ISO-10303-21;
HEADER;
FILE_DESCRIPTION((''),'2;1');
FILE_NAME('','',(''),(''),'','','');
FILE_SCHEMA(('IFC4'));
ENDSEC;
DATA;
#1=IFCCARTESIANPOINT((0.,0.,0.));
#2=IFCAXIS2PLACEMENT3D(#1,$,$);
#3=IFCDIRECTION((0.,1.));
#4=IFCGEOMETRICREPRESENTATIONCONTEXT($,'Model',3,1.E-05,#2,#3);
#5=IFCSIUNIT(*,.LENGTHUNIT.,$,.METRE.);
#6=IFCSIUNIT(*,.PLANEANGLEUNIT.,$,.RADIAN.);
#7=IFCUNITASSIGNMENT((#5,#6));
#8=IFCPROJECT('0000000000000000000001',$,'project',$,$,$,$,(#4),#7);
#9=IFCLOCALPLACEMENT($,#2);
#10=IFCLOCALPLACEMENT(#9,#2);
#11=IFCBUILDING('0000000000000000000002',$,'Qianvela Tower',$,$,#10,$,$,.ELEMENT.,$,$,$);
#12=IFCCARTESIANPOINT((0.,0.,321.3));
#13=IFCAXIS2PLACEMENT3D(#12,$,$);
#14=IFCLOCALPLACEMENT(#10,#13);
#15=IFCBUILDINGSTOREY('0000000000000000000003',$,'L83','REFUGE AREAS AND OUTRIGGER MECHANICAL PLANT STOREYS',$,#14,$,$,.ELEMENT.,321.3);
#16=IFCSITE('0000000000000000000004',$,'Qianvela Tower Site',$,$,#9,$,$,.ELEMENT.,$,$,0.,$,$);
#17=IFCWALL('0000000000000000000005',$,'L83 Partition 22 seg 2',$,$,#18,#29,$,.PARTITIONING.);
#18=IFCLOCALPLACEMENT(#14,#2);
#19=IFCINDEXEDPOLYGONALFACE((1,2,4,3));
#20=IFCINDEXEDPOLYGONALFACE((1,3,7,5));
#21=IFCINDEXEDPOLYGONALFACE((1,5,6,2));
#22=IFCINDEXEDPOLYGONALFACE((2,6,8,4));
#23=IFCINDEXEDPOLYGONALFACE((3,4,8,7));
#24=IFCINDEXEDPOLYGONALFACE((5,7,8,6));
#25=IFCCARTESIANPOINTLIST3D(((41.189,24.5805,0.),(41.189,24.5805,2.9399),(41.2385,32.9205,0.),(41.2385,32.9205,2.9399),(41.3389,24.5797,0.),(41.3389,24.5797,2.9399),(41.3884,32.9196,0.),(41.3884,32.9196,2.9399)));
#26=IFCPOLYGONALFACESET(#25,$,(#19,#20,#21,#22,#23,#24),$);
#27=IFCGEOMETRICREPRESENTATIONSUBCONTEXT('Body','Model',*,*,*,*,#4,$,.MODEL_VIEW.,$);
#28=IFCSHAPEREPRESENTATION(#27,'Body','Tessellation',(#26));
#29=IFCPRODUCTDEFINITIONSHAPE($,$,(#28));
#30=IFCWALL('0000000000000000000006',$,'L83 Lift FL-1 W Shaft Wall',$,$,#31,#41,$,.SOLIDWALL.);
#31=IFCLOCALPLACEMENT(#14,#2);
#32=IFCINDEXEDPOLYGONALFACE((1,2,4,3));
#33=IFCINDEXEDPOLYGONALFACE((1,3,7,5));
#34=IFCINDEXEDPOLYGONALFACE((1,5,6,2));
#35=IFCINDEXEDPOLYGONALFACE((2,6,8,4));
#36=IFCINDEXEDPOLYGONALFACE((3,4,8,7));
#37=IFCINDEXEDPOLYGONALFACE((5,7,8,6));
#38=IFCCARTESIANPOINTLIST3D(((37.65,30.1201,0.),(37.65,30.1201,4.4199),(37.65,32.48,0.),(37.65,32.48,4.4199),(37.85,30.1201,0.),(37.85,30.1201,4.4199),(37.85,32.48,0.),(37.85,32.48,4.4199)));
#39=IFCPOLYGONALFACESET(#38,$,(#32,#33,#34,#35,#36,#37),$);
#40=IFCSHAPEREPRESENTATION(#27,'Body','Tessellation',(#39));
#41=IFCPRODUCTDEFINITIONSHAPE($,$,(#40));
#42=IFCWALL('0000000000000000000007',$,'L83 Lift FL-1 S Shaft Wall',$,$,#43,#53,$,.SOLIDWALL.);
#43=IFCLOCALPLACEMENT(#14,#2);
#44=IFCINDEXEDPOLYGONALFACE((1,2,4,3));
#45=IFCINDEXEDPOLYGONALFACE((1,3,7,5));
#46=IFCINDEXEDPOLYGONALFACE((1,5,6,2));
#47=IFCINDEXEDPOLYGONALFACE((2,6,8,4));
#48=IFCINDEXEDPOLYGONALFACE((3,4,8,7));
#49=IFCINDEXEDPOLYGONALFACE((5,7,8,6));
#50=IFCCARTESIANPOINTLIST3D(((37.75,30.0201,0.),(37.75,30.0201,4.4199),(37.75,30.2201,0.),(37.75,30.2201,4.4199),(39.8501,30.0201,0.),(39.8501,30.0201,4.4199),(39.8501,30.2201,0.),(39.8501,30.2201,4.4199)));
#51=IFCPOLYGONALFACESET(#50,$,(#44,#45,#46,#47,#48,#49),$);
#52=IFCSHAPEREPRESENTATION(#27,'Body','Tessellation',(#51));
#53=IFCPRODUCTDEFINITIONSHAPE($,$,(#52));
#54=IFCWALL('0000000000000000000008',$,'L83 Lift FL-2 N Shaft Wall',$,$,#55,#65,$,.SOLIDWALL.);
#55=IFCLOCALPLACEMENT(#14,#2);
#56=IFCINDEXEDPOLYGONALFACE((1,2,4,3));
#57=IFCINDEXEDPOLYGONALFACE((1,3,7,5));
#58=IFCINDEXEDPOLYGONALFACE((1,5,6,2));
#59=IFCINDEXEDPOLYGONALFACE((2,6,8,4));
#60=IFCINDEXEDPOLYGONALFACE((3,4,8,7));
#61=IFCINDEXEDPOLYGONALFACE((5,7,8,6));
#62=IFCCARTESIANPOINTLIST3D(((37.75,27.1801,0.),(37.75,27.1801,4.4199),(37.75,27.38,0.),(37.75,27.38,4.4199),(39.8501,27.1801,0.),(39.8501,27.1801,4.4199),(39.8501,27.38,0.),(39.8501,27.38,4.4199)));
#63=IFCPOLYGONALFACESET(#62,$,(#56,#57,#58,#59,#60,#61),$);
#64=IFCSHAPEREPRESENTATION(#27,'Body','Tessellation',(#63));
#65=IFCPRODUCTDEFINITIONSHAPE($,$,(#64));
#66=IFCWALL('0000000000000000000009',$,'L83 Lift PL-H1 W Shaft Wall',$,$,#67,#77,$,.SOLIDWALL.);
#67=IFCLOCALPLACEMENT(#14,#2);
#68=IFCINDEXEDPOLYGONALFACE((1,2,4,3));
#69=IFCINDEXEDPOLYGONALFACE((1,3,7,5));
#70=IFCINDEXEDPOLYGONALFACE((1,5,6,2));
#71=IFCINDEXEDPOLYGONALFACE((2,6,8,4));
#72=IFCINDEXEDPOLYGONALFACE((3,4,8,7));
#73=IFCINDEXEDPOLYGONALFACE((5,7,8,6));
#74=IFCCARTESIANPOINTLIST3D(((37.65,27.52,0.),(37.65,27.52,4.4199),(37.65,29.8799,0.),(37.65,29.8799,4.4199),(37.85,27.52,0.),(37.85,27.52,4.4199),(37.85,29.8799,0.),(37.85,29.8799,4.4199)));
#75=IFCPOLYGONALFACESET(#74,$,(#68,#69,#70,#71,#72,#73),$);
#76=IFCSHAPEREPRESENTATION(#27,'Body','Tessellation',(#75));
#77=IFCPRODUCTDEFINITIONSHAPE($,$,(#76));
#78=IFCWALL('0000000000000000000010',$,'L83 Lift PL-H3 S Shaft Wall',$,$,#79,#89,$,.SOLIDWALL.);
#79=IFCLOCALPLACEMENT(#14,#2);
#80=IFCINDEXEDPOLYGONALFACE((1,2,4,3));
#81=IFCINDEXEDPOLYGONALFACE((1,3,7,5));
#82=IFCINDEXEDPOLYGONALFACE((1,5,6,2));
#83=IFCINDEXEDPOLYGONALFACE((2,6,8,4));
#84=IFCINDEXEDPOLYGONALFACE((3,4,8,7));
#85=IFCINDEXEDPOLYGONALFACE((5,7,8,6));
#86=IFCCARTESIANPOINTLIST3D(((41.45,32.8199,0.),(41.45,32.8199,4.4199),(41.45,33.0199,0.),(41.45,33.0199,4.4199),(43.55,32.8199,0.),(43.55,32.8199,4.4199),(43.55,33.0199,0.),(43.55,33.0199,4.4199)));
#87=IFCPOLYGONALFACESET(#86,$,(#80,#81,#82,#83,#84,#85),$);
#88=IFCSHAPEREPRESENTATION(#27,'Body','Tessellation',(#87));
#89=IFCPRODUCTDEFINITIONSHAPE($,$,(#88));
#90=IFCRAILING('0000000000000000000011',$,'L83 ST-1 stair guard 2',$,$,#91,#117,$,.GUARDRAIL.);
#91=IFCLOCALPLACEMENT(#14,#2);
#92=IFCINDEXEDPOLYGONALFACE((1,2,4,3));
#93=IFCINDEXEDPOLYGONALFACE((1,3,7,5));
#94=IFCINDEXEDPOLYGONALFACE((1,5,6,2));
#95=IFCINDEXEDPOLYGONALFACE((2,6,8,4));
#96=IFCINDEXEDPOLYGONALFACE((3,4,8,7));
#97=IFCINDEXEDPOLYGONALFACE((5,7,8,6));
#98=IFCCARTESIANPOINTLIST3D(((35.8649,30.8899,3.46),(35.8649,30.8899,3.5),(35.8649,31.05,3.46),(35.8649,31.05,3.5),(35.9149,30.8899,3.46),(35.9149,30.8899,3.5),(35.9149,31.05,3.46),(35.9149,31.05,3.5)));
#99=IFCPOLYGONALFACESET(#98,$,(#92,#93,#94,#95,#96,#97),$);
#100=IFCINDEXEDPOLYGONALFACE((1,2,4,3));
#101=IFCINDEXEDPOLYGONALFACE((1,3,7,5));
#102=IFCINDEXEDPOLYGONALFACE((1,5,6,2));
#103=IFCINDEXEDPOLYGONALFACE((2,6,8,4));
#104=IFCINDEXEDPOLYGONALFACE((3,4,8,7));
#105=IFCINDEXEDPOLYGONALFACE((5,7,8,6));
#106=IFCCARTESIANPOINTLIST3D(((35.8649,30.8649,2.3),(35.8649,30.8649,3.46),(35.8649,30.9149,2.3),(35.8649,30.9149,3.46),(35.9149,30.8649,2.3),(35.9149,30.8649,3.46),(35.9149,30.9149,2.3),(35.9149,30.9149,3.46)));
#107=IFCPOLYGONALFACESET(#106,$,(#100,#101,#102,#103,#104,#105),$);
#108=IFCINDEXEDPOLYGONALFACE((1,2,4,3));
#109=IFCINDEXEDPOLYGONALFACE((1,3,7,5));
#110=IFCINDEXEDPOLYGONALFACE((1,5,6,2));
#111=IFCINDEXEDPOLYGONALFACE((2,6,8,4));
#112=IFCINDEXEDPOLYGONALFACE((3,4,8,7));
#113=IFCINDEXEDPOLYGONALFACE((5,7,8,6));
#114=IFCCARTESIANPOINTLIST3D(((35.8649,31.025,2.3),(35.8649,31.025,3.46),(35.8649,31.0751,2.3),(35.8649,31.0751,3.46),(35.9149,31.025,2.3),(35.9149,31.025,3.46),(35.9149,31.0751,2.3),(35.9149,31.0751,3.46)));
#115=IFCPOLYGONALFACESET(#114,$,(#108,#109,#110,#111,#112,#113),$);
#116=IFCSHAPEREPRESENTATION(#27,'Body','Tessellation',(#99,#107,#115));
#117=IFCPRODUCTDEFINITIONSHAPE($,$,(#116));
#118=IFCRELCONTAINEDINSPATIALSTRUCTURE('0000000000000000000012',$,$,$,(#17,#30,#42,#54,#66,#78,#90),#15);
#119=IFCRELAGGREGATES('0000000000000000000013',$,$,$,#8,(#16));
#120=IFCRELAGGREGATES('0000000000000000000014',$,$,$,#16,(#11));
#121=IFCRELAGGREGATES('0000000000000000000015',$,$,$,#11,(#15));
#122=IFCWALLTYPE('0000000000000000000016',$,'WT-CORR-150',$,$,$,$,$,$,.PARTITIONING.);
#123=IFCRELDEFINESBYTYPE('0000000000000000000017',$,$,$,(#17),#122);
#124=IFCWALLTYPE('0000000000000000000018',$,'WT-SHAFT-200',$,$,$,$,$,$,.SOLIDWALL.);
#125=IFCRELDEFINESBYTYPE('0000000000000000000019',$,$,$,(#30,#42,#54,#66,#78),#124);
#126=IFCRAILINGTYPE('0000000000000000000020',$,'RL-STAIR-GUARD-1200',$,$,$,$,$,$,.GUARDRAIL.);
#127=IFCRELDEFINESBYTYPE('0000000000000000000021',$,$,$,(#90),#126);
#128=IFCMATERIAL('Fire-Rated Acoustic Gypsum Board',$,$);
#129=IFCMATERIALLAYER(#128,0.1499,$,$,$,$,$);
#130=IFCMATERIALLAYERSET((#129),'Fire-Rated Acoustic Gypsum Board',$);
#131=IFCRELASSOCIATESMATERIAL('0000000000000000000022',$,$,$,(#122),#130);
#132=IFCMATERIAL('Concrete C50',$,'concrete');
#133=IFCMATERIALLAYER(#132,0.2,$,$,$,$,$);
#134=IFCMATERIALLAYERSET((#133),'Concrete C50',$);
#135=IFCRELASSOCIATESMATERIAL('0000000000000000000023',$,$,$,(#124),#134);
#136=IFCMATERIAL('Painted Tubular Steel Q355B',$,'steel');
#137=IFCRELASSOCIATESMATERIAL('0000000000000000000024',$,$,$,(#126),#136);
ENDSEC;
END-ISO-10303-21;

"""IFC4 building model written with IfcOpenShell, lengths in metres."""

from ifc_helpers import new_model, si_unit, direction, frame, frame_2d, origin, origin_2d, place, context, subcontext, project, spatial, rectangle, extrude, material, layer, layer_set, type_object, element, save


model = new_model("IFC4")

# Units and contexts
model_context = context("Model", 3, precision=1e-05, world=origin(), true_north=direction((0.0, 1.0)))
body_context = subcontext(model_context, "Body", "Model", "MODEL_VIEW")
ifc_project = project(units=[si_unit("LENGTHUNIT", "METRE"), si_unit("PLANEANGLEUNIT", "RADIAN")], contexts=[model_context])

# Site, building, storey
site_placement = place(None, origin())
site = spatial("IfcSite", under=ifc_project, at=site_placement, Name="Qianvela Tower Site", CompositionType="ELEMENT", RefElevation=0.0)
building_placement = place(site_placement, origin())
building = spatial("IfcBuilding", under=site, at=building_placement, Name="Qianvela Tower", CompositionType="ELEMENT")
storey_placement = place(building_placement, frame((0.0, 0.0, 321.3)))
storey = spatial("IfcBuildingStorey", under=building, at=storey_placement, Name="L83", Description="REFUGE AREAS AND OUTRIGGER MECHANICAL PLANT STOREYS", CompositionType="ELEMENT", Elevation=321.3)

# Shared definitions
ifc_material_1 = material(Name="Fire-Rated Acoustic Gypsum Board")
ifc_layer_1 = layer(ifc_material_1, 0.1499)
ifc_layer_set_1 = layer_set([ifc_layer_1], Name="Fire-Rated Acoustic Gypsum Board")
wall_type_1 = type_object("IfcWallType", Name="WT-CORR-150", PredefinedType="PARTITIONING", material=ifc_layer_set_1)

# Wall
wall_1_placement = place(storey_placement, frame((41.3135, 32.9199, 0.0), z_axis=(0.0, 0.0, 1.0), x_axis=(-0.005943, -0.999982, 0.0)))
element("IfcWall", 1, at=wall_1_placement, inside=storey, type_object=wall_type_1, Name="L83 Partition 22 seg 2", PredefinedType="PARTITIONING", context=body_context, shape_type="SweptSolid", body=[
    extrude(rectangle(XDim=8.3401, YDim=0.1499, at=frame_2d((4.1699, 0.0))), origin(), (0.0, 0.0, 1.0), 2.9399),
])

# Shared definitions
ifc_material_2 = material(Name="Concrete C50", Category="concrete")
ifc_layer_2 = layer(ifc_material_2, 0.2)
ifc_layer_set_2 = layer_set([ifc_layer_2], Name="Concrete C50")
wall_type_2 = type_object("IfcWallType", Name="WT-SHAFT-200", PredefinedType="SOLIDWALL", material=ifc_layer_set_2)

# Walls
wall_2_placement = place(storey_placement, frame((37.75, 30.1201, 0.0), z_axis=(0.0, 0.0, 1.0), x_axis=(0.0, 1.0, 0.0)))
element("IfcWall", 2, at=wall_2_placement, inside=storey, type_object=wall_type_2, Name="L83 Lift FL-1 W Shaft Wall", PredefinedType="SOLIDWALL", context=body_context, shape_type="SweptSolid", body=[
    extrude(rectangle(XDim=2.3599, YDim=0.2, at=frame_2d((1.1799, 0.0))), origin(), (0.0, 0.0, 1.0), 4.4199),
])
for number, where, z_axis, x_axis, name in (
    (3, (37.75, 30.1201, 0.0), (0.0, 0.0, 1.0), (1.0, 0.0, 0.0), "L83 Lift FL-1 S Shaft Wall"),
    (4, (37.75, 27.28, 0.0), (0.0, 0.0, 1.0), (1.0, 0.0, 0.0), "L83 Lift FL-2 N Shaft Wall"),
):
    element("IfcWall", number, at=place(storey_placement, frame(where, z_axis=z_axis, x_axis=x_axis)), inside=storey, type_object=wall_type_2, Name=name, PredefinedType="SOLIDWALL", context=body_context, shape_type="SweptSolid", body=[
        extrude(rectangle(XDim=2.1001, YDim=0.2, at=frame_2d((1.05, 0.0))), origin(), (0.0, 0.0, 1.0), 4.4199),
    ])

# Wall
wall_3_placement = place(storey_placement, frame((37.75, 27.52, 0.0), z_axis=(0.0, 0.0, 1.0), x_axis=(0.0, 1.0, 0.0)))
element("IfcWall", 5, at=wall_3_placement, inside=storey, type_object=wall_type_2, Name="L83 Lift PL-H1 W Shaft Wall", PredefinedType="SOLIDWALL", context=body_context, shape_type="SweptSolid", body=[
    extrude(rectangle(XDim=2.3599, YDim=0.2, at=frame_2d((1.1799, 0.0))), origin(), (0.0, 0.0, 1.0), 4.4199),
])

# Wall
wall_4_placement = place(storey_placement, frame((41.45, 32.9199, 0.0), z_axis=(0.0, 0.0, 1.0), x_axis=(1.0, 0.0, 0.0)))
element("IfcWall", 6, at=wall_4_placement, inside=storey, type_object=wall_type_2, Name="L83 Lift PL-H3 S Shaft Wall", PredefinedType="SOLIDWALL", context=body_context, shape_type="SweptSolid", body=[
    extrude(rectangle(XDim=2.1001, YDim=0.2, at=frame_2d((1.05, 0.0))), origin(), (0.0, 0.0, 1.0), 4.4199),
])

# Railing
ifc_material_3 = material(Name="Painted Tubular Steel Q355B", Category="steel")
railing_type = type_object("IfcRailingType", Name="RL-STAIR-GUARD-1200", PredefinedType="GUARDRAIL", material=ifc_material_3)
railing_placement = place(storey_placement, frame((35.8899, 30.8899, 2.3)))
element("IfcRailing", 7, at=railing_placement, inside=storey, type_object=railing_type, Name="L83 ST-1 stair guard 2", PredefinedType="GUARDRAIL", context=body_context, shape_type="SweptSolid", body=[
    extrude(rectangle(XDim=0.05, YDim=0.04, at=origin_2d()), frame((0.0, 0.0, 1.1799), z_axis=(0.0, 1.0, 0.0), x_axis=(-1.0, 0.0, 0.0)), (0.0, 0.0, 1.0), 0.1602),
    extrude(rectangle(XDim=0.05, YDim=0.05, at=origin_2d()), origin(), (0.0, 0.0, 1.0), 1.1599),
    extrude(rectangle(XDim=0.05, YDim=0.05, at=origin_2d()), frame((0.0, 0.1602, 0.0)), (0.0, 0.0, 1.0), 1.1599),
])

save(model, "model.ifc")
